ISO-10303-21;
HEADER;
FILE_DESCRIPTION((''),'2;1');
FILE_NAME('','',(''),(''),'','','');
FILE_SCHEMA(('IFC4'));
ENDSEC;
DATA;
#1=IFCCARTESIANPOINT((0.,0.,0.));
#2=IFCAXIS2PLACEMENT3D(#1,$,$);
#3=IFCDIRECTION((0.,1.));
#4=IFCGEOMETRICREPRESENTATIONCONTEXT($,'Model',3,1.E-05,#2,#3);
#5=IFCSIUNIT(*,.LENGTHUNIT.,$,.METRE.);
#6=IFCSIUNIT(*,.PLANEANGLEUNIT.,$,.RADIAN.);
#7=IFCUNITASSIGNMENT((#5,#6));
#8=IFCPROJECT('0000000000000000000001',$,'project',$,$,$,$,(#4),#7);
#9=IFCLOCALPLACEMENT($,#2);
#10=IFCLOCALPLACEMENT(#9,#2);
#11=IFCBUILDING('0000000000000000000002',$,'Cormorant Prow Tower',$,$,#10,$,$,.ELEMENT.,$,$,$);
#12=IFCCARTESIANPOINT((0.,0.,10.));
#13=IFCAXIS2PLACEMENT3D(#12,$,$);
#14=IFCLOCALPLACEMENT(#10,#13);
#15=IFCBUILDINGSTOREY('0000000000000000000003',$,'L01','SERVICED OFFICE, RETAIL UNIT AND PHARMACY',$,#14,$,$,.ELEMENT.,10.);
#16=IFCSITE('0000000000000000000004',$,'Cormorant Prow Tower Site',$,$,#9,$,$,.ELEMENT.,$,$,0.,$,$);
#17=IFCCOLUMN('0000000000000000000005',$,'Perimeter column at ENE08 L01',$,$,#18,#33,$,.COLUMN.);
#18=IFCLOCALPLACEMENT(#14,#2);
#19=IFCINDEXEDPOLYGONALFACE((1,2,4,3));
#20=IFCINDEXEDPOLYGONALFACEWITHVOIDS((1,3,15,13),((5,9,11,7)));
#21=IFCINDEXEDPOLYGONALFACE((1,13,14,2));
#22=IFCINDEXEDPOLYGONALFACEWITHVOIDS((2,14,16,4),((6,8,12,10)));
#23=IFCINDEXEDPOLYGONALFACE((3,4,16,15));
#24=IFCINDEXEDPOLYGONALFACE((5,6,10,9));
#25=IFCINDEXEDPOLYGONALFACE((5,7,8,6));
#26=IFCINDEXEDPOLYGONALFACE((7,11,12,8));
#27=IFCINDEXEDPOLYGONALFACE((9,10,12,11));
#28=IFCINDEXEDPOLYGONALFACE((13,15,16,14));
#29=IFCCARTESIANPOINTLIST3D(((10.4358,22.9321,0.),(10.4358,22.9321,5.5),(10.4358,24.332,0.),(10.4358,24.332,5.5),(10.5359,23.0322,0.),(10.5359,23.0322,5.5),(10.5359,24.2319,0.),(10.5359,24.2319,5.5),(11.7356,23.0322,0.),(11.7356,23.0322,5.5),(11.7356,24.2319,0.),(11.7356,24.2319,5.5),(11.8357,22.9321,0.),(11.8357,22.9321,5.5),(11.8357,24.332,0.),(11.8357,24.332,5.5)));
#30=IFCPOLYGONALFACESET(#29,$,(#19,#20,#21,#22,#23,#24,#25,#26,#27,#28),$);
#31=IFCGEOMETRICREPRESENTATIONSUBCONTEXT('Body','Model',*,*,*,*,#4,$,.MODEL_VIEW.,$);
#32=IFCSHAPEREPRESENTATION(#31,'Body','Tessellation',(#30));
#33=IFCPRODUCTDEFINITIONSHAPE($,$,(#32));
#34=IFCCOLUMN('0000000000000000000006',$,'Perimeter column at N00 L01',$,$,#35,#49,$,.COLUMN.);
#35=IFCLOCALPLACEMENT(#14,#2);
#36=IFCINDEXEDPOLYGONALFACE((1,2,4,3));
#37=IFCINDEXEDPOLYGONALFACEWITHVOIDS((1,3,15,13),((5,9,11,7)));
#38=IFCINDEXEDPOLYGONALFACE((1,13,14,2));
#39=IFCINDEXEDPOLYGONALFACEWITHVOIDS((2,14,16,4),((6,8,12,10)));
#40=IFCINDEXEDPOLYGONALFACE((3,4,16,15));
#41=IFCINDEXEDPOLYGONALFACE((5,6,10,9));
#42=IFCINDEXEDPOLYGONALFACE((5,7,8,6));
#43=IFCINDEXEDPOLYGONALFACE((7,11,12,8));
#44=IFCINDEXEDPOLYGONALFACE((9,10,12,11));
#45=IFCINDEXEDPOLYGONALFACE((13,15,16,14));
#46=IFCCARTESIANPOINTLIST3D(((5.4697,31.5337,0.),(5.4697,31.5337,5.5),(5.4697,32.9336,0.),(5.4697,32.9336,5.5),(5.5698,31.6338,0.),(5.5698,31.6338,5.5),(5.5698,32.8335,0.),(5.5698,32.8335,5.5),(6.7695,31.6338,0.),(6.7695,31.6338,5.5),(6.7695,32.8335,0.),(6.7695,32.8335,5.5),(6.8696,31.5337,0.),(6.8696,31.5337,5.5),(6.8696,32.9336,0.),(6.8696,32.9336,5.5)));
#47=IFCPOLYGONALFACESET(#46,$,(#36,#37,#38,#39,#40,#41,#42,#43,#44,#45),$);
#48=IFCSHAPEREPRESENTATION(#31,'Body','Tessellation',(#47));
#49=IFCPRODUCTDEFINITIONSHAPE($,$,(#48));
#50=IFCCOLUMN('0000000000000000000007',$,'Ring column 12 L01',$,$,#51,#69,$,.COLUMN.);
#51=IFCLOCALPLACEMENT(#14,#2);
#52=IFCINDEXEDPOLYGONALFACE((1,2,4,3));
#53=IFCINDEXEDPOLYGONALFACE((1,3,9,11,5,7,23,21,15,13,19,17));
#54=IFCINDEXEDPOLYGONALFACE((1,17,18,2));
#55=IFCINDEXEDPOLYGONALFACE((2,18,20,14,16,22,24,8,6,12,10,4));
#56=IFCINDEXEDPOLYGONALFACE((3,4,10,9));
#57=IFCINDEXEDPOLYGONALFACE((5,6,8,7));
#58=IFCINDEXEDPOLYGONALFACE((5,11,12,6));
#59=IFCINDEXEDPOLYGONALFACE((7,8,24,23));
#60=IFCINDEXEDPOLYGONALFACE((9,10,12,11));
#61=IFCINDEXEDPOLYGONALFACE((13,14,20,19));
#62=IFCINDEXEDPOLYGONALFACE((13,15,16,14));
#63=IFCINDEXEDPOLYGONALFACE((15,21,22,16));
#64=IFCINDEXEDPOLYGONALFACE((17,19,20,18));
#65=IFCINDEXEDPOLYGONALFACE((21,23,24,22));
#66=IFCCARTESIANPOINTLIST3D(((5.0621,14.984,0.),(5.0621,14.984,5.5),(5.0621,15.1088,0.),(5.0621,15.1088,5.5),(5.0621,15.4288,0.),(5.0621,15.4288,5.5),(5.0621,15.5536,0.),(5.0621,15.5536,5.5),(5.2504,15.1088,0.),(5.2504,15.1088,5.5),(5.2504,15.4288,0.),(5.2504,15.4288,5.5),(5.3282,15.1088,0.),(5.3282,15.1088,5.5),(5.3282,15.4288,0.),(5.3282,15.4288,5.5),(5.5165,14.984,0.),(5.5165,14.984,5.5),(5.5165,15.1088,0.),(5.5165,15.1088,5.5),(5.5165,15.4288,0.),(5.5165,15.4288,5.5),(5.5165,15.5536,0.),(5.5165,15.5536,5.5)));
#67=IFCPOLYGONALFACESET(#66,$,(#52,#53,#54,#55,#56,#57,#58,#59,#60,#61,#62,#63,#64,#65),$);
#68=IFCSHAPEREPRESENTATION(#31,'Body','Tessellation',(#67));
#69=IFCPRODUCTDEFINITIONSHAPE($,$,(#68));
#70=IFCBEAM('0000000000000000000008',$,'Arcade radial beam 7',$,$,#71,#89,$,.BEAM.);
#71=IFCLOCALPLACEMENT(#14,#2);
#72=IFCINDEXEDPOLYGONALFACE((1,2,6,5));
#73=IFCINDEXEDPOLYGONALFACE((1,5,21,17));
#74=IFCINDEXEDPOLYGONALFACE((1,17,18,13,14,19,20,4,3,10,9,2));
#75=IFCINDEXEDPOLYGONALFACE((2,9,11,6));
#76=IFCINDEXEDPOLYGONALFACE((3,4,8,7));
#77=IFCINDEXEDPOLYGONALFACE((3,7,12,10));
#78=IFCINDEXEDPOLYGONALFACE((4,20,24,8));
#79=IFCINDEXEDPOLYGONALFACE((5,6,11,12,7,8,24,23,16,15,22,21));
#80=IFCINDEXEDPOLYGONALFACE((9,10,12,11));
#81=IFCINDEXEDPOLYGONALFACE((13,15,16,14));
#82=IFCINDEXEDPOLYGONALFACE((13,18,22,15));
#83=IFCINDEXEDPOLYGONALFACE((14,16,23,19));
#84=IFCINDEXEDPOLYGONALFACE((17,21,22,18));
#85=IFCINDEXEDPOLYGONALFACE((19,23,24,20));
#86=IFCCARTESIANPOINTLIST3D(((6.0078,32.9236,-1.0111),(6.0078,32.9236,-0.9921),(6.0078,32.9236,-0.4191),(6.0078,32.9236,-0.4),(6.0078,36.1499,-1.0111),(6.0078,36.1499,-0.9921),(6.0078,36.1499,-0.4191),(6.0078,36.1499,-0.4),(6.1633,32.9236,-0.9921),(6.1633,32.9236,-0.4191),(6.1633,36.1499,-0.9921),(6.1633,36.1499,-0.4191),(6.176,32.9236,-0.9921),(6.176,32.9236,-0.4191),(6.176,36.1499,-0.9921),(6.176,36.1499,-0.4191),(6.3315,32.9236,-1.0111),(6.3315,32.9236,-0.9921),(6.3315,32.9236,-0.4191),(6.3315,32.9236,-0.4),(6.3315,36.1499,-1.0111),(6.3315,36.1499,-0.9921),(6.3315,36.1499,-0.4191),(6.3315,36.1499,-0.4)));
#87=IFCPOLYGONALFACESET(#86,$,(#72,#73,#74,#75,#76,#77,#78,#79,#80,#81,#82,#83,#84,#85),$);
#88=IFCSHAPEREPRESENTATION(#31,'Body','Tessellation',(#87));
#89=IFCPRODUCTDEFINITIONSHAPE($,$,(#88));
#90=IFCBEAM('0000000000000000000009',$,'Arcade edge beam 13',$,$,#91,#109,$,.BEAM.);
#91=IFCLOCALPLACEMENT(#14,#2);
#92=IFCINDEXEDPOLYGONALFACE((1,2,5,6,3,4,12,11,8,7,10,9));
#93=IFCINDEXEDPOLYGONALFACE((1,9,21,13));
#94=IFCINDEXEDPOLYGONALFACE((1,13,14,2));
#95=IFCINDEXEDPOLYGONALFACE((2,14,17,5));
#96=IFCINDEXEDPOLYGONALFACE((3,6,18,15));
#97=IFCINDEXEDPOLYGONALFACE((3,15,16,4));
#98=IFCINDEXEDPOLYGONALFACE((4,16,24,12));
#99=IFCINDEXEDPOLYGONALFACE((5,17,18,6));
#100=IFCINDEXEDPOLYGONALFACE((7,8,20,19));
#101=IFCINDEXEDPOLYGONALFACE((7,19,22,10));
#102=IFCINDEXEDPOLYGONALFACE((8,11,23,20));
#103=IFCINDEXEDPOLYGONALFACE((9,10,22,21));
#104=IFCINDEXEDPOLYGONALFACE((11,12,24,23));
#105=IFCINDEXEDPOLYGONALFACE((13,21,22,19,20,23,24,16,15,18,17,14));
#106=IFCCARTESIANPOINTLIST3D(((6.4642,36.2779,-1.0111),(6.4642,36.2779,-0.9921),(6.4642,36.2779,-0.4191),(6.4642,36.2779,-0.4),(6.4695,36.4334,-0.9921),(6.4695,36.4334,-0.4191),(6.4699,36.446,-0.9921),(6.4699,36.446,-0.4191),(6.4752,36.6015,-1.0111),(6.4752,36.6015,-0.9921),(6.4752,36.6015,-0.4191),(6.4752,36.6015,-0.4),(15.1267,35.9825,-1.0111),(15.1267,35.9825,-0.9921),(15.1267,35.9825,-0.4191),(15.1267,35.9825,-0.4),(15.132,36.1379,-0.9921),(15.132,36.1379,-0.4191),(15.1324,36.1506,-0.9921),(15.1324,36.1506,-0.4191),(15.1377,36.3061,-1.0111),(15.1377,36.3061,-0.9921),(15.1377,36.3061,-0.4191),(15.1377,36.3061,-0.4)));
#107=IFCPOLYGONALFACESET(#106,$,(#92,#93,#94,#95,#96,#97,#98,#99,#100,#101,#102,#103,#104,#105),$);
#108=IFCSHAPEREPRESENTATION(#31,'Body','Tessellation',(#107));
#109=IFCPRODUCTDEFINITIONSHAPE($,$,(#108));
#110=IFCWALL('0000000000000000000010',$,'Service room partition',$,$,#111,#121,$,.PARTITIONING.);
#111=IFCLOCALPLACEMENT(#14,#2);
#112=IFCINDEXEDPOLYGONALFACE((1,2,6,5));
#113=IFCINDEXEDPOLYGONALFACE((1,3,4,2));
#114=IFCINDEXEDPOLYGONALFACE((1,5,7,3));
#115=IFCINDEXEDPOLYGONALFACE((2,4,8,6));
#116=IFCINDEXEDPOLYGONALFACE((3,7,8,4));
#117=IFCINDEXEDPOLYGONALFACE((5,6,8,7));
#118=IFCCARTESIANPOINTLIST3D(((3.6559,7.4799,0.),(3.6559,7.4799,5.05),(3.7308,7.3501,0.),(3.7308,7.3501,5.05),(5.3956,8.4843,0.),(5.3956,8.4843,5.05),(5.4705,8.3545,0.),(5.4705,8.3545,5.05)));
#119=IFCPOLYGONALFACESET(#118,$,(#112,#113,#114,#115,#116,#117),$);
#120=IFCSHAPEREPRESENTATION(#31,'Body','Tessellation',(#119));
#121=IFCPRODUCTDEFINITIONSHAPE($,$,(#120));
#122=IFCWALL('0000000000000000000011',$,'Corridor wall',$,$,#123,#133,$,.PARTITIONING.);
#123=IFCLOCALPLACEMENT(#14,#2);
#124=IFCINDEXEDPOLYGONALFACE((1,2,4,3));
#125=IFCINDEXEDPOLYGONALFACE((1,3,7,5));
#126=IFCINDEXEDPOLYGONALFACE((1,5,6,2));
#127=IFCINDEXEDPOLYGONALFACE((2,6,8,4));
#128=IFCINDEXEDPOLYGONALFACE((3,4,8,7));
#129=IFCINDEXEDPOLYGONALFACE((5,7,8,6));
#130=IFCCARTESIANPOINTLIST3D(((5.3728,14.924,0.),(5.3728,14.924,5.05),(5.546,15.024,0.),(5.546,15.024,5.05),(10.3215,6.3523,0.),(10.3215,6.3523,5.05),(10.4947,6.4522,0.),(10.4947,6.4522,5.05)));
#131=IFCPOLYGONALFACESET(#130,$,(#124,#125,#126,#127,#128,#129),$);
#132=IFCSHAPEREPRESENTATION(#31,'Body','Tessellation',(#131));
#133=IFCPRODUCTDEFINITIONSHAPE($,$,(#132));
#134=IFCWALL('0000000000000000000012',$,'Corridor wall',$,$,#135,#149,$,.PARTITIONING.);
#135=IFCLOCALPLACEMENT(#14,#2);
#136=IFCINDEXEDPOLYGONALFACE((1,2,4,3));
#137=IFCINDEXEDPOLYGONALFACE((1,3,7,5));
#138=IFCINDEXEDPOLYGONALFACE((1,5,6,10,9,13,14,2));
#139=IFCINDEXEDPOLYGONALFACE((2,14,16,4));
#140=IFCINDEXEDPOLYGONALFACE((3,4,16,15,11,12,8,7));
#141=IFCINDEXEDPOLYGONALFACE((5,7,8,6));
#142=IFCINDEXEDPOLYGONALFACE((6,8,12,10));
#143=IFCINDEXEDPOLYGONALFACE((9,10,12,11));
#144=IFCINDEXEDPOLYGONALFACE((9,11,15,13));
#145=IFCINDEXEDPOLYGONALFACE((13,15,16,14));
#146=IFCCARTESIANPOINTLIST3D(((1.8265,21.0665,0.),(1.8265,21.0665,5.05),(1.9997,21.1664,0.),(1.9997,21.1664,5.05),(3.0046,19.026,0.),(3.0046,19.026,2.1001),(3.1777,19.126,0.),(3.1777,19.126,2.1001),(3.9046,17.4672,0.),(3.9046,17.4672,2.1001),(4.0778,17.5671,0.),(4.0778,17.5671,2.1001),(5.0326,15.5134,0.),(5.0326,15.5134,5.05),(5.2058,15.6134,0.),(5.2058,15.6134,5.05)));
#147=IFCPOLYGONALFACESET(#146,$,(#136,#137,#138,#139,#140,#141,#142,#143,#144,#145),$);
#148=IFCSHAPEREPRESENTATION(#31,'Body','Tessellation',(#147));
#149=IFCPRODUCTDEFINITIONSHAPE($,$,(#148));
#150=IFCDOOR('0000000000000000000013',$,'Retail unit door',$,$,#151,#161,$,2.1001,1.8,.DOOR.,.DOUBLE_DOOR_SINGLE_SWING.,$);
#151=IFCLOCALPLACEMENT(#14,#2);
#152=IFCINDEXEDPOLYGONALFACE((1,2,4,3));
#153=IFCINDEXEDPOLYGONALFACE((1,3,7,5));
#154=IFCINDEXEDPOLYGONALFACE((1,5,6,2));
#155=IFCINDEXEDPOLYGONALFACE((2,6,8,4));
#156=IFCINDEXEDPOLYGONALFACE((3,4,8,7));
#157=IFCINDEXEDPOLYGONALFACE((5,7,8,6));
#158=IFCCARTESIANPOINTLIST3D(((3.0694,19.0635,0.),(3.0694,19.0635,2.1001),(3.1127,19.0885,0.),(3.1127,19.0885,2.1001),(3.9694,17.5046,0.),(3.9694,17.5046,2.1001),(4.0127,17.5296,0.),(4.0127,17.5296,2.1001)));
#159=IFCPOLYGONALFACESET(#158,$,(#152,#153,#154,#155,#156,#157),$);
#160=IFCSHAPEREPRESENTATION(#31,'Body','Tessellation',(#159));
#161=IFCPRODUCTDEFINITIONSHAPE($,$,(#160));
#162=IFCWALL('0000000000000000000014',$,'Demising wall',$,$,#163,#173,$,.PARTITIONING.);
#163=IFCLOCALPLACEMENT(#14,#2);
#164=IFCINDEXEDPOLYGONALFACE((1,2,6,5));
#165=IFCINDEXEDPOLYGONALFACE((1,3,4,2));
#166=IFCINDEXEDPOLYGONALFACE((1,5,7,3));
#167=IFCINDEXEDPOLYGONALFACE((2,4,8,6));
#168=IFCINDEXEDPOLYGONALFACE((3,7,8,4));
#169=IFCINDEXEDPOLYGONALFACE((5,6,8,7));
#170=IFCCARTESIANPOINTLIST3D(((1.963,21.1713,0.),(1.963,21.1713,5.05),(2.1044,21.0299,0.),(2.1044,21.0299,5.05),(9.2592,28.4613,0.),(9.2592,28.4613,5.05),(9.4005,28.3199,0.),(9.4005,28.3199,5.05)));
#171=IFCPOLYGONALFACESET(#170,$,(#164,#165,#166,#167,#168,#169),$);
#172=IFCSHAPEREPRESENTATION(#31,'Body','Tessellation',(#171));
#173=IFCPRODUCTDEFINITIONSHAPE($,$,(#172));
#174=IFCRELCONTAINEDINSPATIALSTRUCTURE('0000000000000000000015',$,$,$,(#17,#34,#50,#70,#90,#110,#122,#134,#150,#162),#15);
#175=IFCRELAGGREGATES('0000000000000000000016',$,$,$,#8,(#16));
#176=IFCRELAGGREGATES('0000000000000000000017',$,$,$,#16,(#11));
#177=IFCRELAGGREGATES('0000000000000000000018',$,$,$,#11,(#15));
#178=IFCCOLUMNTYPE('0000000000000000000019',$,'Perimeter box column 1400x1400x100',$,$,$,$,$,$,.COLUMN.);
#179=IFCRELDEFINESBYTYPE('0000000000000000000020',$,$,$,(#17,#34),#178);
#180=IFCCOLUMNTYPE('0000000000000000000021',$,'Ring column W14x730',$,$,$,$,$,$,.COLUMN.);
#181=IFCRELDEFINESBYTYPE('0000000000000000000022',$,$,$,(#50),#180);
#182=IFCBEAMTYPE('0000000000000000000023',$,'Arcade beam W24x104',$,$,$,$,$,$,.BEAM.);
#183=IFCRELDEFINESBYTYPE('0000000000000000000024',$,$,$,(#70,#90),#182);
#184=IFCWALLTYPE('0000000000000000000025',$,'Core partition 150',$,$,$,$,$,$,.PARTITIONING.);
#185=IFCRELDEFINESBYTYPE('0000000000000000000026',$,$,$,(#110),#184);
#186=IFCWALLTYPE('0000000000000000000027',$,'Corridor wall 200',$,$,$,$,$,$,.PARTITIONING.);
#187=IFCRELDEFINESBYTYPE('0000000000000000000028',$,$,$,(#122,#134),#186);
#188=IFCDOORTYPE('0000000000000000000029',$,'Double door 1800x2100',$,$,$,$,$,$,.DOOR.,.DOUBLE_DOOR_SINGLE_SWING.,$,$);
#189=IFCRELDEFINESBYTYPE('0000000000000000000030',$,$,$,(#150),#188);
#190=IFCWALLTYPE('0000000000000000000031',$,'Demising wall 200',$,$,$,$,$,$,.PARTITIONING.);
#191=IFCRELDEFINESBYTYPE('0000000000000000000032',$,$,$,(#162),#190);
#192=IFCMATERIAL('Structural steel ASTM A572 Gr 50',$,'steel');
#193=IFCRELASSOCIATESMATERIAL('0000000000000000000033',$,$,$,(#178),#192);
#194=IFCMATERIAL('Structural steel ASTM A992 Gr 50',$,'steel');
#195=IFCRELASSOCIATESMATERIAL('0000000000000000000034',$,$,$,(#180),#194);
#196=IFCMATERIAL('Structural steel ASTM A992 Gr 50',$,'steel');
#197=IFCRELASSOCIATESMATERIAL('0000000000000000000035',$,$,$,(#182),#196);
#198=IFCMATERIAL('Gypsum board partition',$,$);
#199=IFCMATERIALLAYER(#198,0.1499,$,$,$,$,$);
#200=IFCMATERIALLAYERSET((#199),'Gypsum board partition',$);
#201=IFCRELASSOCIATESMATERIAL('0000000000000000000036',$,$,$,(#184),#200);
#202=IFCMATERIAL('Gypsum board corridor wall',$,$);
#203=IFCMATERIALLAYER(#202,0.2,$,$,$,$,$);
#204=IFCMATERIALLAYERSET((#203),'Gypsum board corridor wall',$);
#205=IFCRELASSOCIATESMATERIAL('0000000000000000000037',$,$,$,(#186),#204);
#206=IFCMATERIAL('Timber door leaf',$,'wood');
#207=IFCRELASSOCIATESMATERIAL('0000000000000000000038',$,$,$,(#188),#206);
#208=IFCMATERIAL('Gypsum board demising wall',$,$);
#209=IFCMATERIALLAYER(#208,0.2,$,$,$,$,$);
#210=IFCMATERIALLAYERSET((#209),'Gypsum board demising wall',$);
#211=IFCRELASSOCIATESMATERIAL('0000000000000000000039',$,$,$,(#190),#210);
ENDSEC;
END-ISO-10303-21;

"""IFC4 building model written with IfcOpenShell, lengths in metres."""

from ifc_helpers import new_model, si_unit, direction, frame, frame_2d, origin, origin_2d, place, context, subcontext, project, spatial, rectangle, hollow_rectangle, i_section, extrude, material, layer, layer_set, material_profile, profile_set, type_object, element, fill, save


model = new_model("IFC4")

# Units and contexts
model_context = context("Model", 3, precision=1e-05, world=origin(), true_north=direction((0.0, 1.0)))
body_context = subcontext(model_context, "Body", "Model", "MODEL_VIEW")
ifc_project = project(units=[si_unit("LENGTHUNIT", "METRE"), si_unit("PLANEANGLEUNIT", "RADIAN")], contexts=[model_context])

# Site, building, storey
site_placement = place(None, origin())
site = spatial("IfcSite", under=ifc_project, at=site_placement, Name="Cormorant Prow Tower Site", CompositionType="ELEMENT", RefElevation=0.0)
building_placement = place(site_placement, origin())
building = spatial("IfcBuilding", under=site, at=building_placement, Name="Cormorant Prow Tower", CompositionType="ELEMENT")
storey_placement = place(building_placement, frame((0.0, 0.0, 10.0)))
storey = spatial("IfcBuildingStorey", under=building, at=storey_placement, Name="L01", Description="SERVICED OFFICE, RETAIL UNIT AND PHARMACY", CompositionType="ELEMENT", Elevation=10.0)

# Columns
ifc_material_1 = material(Name="Structural steel ASTM A572 Gr 50", Category="steel")
ifc_material_profile_1 = material_profile(ifc_material_1, hollow_rectangle(XDim=1.3999, YDim=1.3999, WallThickness=0.1001, at=origin_2d()), Name="Box 1400x1400x100")
ifc_profile_set_1 = profile_set([ifc_material_profile_1], Name="Structural steel ASTM A572 Gr 50")
column_type_1 = type_object("IfcColumnType", Name="Perimeter box column 1400x1400x100", PredefinedType="COLUMN", material=ifc_profile_set_1)
for number, where, z_axis, x_axis, name in (
    (1, (11.1357, 23.6321, 0.0), (0.0, 0.0, 1.0), (1.0, 0.0, 0.0), "Perimeter column at ENE08 L01"),
    (2, (6.1697, 32.2336, 0.0), (0.0, 0.0, 1.0), (1.0, 0.0, 0.0), "Perimeter column at N00 L01"),
):
    element("IfcColumn", number, at=place(storey_placement, frame(where, z_axis=z_axis, x_axis=x_axis)), inside=storey, type_object=column_type_1, Name=name, PredefinedType="COLUMN", context=body_context, shape_type="SweptSolid", body=[
        extrude(hollow_rectangle(XDim=1.3999, YDim=1.3999, WallThickness=0.1001, at=origin_2d()), origin(), (0.0, 0.0, 1.0), 5.5),
    ])
ifc_material_2 = material(Name="Structural steel ASTM A992 Gr 50", Category="steel")
ifc_material_profile_2 = material_profile(ifc_material_2, i_section(OverallWidth=0.4543, OverallDepth=0.5696, WebThickness=0.0779, FlangeThickness=0.1248, at=origin_2d()), Name="W14x730")
ifc_profile_set_2 = profile_set([ifc_material_profile_2], Name="Structural steel ASTM A992 Gr 50")
column_type_2 = type_object("IfcColumnType", Name="Ring column W14x730", PredefinedType="COLUMN", material=ifc_profile_set_2)
column_placement = place(storey_placement, frame((5.2893, 15.2688, 0.0), z_axis=(0.0, 0.0, 1.0), x_axis=(1.0, 0.0, 0.0)))
element("IfcColumn", 3, at=column_placement, inside=storey, type_object=column_type_2, Name="Ring column 12 L01", PredefinedType="COLUMN", context=body_context, shape_type="SweptSolid", body=[
    extrude(i_section(OverallWidth=0.4543, OverallDepth=0.5696, WebThickness=0.0779, FlangeThickness=0.1248, at=origin_2d()), origin(), (0.0, 0.0, 1.0), 5.5),
])

# Beams
ifc_material_3 = material(Name="Structural steel ASTM A992 Gr 50", Category="steel")
ifc_material_profile_3 = material_profile(ifc_material_3, i_section(OverallWidth=0.3237, OverallDepth=0.6111, WebThickness=0.0127, FlangeThickness=0.019, at=origin_2d()), Name="W24x104")
ifc_profile_set_3 = profile_set([ifc_material_profile_3], Name="Structural steel ASTM A992 Gr 50")
beam_type = type_object("IfcBeamType", Name="Arcade beam W24x104", PredefinedType="BEAM", material=ifc_profile_set_3)
beam_1_placement = place(storey_placement, frame((6.1697, 32.9236, -0.7056), z_axis=(0.0, 1.0, 0.0), x_axis=(-1.0, 0.0, 0.0)))
element("IfcBeam", 4, at=beam_1_placement, inside=storey, type_object=beam_type, Name="Arcade radial beam 7", PredefinedType="BEAM", context=body_context, shape_type="SweptSolid", body=[
    extrude(i_section(OverallWidth=0.3237, OverallDepth=0.6111, WebThickness=0.0127, FlangeThickness=0.019, at=origin_2d()), origin(), (0.0, 0.0, 1.0), 3.2263),
])
beam_2_placement = place(storey_placement, frame((6.4697, 36.4397, -0.7056), z_axis=(0.999419, -0.034083, 0.0), x_axis=(0.034083, 0.999419, 0.0)))
element("IfcBeam", 5, at=beam_2_placement, inside=storey, type_object=beam_type, Name="Arcade edge beam 13", PredefinedType="BEAM", context=body_context, shape_type="SweptSolid", body=[
    extrude(i_section(OverallWidth=0.3237, OverallDepth=0.6111, WebThickness=0.0127, FlangeThickness=0.019, at=origin_2d()), origin(), (0.0, 0.0, 1.0), 8.6675),
])

# Walls
ifc_material_4 = material(Name="Gypsum board partition")
ifc_layer_1 = layer(ifc_material_4, 0.1499)
ifc_layer_set_1 = layer_set([ifc_layer_1], Name="Gypsum board partition")
wall_type_1 = type_object("IfcWallType", Name="Core partition 150", PredefinedType="PARTITIONING", material=ifc_layer_set_1)
wall_1_placement = place(storey_placement, frame((3.6934, 7.415, 0.0), z_axis=(0.0, 0.0, 1.0), x_axis=(0.866036, 0.499982, 0.0)))
element("IfcWall", 6, at=wall_1_placement, inside=storey, type_object=wall_type_1, Name="Service room partition", PredefinedType="PARTITIONING", context=body_context, shape_type="SweptSolid", body=[
    extrude(rectangle(XDim=2.0088, YDim=0.1499, at=frame_2d((1.0044, 0.0))), origin(), (0.0, 0.0, 1.0), 5.05),
])
ifc_material_5 = material(Name="Gypsum board corridor wall")
ifc_layer_2 = layer(ifc_material_5, 0.2)
ifc_layer_set_2 = layer_set([ifc_layer_2], Name="Gypsum board corridor wall")
wall_type_2 = type_object("IfcWallType", Name="Corridor wall 200", PredefinedType="PARTITIONING", material=ifc_layer_set_2)
wall_2_placement = place(storey_placement, frame((5.4595, 14.9739, 0.0), z_axis=(0.0, 0.0, 1.0), x_axis=(0.499986, -0.866034, 0.0)))
element("IfcWall", 7, at=wall_2_placement, inside=storey, type_object=wall_type_2, Name="Corridor wall", PredefinedType="PARTITIONING", context=body_context, shape_type="SweptSolid", body=[
    extrude(rectangle(XDim=9.8977, YDim=0.2, at=frame_2d((4.9487, 0.0))), origin(), (0.0, 0.0, 1.0), 5.05),
])

# Wall, opening, door
wall_3_placement = place(storey_placement, frame((1.9131, 21.1165, 0.0), z_axis=(0.0, 0.0, 1.0), x_axis=(0.500005, -0.866023, 0.0)))
wall_3 = element("IfcWall", 8, at=wall_3_placement, inside=storey, type_object=wall_type_2, Name="Corridor wall", PredefinedType="PARTITIONING", context=body_context, shape_type="SweptSolid", body=[
    extrude(rectangle(XDim=6.4121, YDim=0.2, at=frame_2d((3.2061, 0.0))), origin(), (0.0, 0.0, 1.0), 5.05),
])
opening_1_placement = place(wall_3_placement, frame((2.3562, 0.0, 0.0)))
opening_1 = element("IfcOpeningElement", 9, at=opening_1_placement, cuts=wall_3, PredefinedType="OPENING", context=body_context, shape_type="SweptSolid", body=[
    extrude(rectangle(XDim=1.8, YDim=2.1001, at=frame_2d((0.8999, 1.05))), frame((0.0, 0.1099, 0.0), z_axis=(0.0, -1.0, 0.0), x_axis=(1.0, 0.0, 0.0)), (0.0, 0.0, 1.0), 0.22),
])
ifc_material_6 = material(Name="Timber door leaf", Category="wood")
door_type = type_object("IfcDoorType", Name="Double door 1800x2100", OperationType="DOUBLE_DOOR_SINGLE_SWING", PredefinedType="DOOR", material=ifc_material_6)
door_placement = place(opening_1_placement, origin())
door = element("IfcDoor", 10, at=door_placement, inside=storey, type_object=door_type, Name="Retail unit door", OperationType="DOUBLE_DOOR_SINGLE_SWING", OverallHeight=2.1001, OverallWidth=1.8, PredefinedType="DOOR", context=body_context, shape_type="SweptSolid", body=[
    extrude(rectangle(XDim=1.8, YDim=2.1001, at=frame_2d((0.8999, 1.05))), frame((0.0, 0.0249, 0.0), z_axis=(0.0, -1.0, 0.0), x_axis=(1.0, 0.0, 0.0)), (0.0, 0.0, 1.0), 0.05),
])
fill(opening_1, door)

# Wall
ifc_material_7 = material(Name="Gypsum board demising wall")
ifc_layer_3 = layer(ifc_material_7, 0.2)
ifc_layer_set_3 = layer_set([ifc_layer_3], Name="Gypsum board demising wall")
wall_type_3 = type_object("IfcWallType", Name="Demising wall 200", PredefinedType="PARTITIONING", material=ifc_layer_set_3)
wall_4_placement = place(storey_placement, frame((2.0337, 21.1006, 0.0), z_axis=(0.0, 0.0, 1.0), x_axis=(0.707403, 0.706811, 0.0)))
element("IfcWall", 11, at=wall_4_placement, inside=storey, type_object=wall_type_3, Name="Demising wall", PredefinedType="PARTITIONING", context=body_context, shape_type="SweptSolid", body=[
    extrude(rectangle(XDim=10.314, YDim=0.2, at=frame_2d((5.157, 0.0))), origin(), (0.0, 0.0, 1.0), 5.05),
])

save(model, "model.ifc")
